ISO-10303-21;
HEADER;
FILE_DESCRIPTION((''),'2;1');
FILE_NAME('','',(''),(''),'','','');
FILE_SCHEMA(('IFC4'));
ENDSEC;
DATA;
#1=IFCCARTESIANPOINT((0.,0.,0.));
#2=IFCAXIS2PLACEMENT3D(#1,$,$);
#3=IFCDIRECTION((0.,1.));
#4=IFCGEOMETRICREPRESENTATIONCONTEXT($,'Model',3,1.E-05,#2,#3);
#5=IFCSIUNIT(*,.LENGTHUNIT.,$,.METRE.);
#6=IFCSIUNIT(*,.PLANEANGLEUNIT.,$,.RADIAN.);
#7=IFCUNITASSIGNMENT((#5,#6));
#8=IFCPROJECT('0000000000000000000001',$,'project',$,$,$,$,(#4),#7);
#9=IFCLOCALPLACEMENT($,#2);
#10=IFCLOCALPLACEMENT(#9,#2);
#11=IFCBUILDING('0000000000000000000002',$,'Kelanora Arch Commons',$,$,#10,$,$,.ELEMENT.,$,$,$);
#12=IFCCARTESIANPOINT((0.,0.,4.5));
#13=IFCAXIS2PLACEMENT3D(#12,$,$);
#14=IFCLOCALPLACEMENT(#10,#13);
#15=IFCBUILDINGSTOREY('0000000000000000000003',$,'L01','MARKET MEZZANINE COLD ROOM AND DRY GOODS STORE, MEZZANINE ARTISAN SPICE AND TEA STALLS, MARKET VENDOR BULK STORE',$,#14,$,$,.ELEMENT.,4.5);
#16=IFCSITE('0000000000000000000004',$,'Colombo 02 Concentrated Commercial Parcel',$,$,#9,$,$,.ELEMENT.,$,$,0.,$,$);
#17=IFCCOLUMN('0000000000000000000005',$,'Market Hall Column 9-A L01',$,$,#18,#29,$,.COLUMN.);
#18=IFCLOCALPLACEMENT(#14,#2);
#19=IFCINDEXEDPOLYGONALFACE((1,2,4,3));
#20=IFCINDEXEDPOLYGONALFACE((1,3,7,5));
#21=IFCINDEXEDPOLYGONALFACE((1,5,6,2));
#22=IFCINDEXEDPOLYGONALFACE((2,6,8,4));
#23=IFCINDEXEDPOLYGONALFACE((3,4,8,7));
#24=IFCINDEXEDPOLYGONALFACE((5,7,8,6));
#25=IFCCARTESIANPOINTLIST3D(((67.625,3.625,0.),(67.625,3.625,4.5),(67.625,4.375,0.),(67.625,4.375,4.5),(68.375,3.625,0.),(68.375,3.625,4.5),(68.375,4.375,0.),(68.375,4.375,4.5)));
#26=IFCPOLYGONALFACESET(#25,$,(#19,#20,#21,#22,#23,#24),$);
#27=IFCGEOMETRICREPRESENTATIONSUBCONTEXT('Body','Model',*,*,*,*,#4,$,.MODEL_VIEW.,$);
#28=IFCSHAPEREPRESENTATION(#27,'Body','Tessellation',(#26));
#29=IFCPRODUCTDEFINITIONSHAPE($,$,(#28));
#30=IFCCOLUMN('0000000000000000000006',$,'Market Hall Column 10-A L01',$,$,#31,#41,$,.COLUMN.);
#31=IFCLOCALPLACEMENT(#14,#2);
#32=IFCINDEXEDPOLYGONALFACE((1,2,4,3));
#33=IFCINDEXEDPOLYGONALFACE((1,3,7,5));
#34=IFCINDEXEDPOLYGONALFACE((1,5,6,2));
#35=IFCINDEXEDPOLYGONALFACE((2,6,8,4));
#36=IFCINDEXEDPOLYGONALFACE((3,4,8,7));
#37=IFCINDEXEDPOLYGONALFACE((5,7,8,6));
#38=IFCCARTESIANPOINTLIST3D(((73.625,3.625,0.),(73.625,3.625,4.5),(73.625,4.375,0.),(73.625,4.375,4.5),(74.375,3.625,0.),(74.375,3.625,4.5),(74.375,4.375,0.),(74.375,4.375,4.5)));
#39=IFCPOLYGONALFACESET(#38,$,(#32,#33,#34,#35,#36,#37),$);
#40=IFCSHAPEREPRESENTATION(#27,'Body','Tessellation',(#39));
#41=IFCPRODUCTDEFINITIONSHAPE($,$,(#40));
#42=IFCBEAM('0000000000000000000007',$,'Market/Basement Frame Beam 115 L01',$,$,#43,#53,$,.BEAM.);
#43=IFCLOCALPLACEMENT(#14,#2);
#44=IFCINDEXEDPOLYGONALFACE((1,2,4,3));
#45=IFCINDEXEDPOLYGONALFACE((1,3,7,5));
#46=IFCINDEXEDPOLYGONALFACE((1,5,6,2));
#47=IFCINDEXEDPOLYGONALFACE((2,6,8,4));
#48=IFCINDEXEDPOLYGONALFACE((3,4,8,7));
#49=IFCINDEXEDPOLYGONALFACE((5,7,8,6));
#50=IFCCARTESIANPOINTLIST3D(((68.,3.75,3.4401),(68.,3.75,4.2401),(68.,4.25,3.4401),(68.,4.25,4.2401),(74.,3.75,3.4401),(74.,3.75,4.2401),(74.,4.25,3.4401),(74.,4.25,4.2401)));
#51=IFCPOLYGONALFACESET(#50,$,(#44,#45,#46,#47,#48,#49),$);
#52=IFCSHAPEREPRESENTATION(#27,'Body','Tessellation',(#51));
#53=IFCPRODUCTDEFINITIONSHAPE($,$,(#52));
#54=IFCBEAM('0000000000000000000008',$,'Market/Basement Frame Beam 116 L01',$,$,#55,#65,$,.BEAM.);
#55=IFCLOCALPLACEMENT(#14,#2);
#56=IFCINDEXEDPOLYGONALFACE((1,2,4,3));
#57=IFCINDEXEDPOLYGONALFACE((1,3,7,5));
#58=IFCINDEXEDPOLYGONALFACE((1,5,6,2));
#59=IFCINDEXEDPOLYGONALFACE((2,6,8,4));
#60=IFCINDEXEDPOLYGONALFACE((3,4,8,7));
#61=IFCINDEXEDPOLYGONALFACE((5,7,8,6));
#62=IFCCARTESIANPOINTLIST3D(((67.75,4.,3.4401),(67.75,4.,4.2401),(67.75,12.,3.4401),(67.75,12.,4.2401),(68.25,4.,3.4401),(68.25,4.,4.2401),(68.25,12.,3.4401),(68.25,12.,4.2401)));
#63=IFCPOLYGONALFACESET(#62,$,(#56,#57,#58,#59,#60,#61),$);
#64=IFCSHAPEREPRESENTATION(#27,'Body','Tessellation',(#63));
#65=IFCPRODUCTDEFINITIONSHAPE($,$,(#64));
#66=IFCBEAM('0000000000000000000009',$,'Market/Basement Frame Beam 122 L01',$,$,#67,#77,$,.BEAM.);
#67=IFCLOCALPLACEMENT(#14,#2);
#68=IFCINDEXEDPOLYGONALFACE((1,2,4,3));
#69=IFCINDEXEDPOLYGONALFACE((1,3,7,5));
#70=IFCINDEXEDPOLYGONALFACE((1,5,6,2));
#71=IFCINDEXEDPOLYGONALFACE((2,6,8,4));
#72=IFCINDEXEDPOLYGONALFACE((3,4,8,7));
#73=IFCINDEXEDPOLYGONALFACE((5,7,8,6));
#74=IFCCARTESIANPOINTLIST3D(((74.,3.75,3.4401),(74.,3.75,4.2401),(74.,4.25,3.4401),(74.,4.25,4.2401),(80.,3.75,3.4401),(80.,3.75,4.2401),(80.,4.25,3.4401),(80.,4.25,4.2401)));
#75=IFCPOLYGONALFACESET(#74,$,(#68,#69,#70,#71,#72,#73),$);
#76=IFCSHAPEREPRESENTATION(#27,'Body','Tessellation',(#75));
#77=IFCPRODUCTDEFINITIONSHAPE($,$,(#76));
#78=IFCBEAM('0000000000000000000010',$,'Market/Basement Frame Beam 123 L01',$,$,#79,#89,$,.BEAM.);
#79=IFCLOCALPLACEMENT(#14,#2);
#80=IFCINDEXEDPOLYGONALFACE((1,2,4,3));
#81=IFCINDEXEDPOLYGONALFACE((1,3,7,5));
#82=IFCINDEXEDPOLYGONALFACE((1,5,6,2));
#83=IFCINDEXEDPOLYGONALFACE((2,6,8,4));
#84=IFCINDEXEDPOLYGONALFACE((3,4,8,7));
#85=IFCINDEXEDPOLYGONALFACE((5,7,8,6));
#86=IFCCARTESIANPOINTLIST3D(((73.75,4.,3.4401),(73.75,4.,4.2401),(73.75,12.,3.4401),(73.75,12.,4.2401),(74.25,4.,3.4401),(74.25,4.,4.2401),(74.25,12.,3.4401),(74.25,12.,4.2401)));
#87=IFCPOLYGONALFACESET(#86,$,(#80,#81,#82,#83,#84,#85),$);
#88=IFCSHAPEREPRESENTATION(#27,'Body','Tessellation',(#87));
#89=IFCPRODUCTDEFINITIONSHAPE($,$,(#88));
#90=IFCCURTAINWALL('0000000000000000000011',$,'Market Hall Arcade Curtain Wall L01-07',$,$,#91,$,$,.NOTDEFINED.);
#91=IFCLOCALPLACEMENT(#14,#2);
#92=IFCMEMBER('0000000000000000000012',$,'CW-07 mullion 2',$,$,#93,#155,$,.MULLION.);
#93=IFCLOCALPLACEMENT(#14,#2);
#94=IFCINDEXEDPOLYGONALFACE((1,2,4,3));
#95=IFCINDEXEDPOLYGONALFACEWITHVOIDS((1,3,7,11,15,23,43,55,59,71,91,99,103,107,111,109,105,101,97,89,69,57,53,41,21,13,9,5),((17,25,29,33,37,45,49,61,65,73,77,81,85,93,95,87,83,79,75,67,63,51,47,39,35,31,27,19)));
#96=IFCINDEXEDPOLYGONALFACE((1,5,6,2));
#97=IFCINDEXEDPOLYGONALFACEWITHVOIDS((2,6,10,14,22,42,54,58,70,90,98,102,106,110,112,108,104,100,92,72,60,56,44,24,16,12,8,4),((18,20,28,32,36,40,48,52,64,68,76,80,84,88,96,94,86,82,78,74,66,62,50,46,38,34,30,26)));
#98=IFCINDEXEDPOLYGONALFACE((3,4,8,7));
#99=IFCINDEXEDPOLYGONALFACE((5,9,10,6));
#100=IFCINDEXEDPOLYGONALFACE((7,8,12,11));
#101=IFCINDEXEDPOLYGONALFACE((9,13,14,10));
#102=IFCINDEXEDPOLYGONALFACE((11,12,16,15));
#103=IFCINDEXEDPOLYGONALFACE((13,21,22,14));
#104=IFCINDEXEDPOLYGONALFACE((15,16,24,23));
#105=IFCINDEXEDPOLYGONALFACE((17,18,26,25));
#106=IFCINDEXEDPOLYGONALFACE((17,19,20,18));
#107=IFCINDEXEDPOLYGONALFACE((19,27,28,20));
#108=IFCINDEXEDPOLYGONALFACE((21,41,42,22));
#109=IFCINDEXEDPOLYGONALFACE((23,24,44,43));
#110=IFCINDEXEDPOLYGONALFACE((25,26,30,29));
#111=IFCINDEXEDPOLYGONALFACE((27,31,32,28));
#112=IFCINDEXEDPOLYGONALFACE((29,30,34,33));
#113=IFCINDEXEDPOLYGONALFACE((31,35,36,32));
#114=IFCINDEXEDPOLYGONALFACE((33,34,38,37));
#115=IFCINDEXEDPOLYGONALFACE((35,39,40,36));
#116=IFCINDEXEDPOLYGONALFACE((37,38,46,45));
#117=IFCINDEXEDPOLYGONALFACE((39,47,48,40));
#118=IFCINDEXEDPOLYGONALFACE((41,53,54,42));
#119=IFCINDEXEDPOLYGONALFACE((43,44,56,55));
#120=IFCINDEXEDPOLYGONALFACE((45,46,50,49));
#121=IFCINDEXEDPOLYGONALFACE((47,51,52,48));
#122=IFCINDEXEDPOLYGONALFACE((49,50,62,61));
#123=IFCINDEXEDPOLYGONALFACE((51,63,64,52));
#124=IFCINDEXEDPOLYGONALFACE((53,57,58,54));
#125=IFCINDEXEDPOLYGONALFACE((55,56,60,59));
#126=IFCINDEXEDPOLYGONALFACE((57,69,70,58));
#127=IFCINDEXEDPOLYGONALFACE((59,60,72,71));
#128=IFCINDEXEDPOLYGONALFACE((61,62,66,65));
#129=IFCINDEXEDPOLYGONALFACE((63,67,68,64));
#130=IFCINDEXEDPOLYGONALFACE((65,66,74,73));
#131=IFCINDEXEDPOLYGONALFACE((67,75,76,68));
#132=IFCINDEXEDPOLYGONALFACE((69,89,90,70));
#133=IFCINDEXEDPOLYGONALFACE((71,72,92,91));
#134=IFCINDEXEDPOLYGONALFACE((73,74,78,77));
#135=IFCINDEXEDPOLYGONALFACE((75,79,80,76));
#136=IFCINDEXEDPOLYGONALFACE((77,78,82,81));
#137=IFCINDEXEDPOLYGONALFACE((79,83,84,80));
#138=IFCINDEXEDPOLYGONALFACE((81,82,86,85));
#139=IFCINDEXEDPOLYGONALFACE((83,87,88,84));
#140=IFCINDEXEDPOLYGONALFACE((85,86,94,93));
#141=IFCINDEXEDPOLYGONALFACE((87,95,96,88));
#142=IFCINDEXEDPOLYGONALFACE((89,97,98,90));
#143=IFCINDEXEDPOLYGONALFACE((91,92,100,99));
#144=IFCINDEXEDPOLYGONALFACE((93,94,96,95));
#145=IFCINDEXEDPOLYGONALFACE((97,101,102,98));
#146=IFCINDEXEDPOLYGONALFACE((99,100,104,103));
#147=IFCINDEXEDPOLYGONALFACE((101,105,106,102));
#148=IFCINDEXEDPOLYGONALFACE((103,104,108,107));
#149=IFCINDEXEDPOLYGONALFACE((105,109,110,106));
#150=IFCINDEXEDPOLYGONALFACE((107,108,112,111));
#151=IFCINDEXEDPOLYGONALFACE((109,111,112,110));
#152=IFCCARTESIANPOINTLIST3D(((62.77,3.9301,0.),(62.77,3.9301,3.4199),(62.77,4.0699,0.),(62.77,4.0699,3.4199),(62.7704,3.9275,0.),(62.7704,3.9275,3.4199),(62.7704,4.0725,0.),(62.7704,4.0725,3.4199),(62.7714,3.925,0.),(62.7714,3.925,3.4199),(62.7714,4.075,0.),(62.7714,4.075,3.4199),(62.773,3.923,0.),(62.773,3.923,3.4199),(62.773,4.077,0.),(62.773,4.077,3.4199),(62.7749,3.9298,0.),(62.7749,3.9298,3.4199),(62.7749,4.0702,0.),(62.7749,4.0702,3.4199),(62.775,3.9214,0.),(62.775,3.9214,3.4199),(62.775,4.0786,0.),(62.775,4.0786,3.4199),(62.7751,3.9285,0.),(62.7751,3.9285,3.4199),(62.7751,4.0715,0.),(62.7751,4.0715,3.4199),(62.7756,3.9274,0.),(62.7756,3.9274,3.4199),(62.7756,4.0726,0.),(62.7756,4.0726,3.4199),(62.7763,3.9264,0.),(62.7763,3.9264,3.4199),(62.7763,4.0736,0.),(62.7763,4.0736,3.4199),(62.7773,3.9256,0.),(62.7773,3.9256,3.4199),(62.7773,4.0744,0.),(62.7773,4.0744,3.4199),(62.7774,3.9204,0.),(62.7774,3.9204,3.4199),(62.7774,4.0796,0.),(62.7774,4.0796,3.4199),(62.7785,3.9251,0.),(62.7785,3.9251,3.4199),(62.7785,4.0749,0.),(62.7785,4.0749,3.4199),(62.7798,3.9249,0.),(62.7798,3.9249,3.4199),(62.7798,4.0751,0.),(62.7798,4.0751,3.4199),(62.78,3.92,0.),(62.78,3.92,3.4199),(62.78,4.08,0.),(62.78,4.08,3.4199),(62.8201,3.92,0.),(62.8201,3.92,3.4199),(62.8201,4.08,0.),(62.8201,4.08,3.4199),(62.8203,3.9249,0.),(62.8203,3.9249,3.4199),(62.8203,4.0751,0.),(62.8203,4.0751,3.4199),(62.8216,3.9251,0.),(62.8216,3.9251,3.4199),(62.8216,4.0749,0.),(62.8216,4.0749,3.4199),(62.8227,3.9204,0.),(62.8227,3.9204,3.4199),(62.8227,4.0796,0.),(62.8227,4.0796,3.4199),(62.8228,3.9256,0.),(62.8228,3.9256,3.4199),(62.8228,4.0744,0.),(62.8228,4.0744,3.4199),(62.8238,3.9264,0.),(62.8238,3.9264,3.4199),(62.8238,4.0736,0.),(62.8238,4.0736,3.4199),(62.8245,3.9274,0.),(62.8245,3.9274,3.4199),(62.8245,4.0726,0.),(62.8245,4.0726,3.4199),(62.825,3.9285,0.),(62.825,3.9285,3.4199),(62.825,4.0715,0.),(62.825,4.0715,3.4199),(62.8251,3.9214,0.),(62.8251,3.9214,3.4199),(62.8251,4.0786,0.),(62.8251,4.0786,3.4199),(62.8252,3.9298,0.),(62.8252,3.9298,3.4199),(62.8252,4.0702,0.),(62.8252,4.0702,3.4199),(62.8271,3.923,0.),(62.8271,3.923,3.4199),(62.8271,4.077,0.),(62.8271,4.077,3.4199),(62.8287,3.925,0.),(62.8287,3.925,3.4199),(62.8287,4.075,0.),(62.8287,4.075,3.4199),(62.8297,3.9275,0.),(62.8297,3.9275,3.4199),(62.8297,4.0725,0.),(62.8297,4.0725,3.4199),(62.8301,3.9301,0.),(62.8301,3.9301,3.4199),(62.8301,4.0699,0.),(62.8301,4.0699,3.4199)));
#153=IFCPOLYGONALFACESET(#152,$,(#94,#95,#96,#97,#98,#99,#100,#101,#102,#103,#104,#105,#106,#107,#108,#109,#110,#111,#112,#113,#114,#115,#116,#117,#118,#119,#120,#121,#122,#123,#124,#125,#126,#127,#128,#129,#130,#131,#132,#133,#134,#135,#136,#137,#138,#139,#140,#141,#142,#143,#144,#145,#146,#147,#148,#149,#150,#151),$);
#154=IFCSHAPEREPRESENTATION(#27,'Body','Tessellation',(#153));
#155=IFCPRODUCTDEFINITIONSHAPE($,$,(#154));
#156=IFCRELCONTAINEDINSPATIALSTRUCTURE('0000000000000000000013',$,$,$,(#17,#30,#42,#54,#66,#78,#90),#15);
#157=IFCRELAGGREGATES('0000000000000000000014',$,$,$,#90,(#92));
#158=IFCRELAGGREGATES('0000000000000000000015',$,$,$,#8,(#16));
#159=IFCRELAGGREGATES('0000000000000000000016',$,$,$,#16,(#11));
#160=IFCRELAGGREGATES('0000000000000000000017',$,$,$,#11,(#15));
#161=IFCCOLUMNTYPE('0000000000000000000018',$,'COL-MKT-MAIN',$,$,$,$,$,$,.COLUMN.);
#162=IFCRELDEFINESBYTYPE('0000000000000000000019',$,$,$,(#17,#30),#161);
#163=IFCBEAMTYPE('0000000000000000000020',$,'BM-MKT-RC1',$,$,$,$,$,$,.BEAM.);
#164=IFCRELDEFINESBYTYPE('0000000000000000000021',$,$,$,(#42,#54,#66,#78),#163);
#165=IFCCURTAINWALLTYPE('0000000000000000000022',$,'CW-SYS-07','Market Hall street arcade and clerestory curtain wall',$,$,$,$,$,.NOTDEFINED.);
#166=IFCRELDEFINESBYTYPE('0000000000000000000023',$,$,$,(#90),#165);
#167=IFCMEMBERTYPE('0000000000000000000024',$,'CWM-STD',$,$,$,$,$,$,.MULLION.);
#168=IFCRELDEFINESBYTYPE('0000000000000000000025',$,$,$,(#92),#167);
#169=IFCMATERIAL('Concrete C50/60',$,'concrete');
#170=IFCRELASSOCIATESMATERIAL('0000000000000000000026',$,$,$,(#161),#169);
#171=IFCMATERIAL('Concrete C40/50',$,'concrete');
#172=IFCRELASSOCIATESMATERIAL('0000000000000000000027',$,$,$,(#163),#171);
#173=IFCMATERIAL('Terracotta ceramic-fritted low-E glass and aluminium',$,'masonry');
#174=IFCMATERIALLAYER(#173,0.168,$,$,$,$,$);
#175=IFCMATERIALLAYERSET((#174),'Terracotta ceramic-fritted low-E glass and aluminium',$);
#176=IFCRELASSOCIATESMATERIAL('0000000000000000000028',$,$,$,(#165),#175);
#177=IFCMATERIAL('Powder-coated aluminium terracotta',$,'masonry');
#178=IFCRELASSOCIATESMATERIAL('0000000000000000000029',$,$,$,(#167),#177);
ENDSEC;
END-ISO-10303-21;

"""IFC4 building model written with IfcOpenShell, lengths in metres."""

from ifc_helpers import new_model, si_unit, direction, frame, origin, origin_2d, place, context, subcontext, project, spatial, rectangle, hollow_rectangle, extrude, material, layer, layer_set, material_profile, profile_set, type_object, element, aggregate, save


model = new_model("IFC4")

# Units and contexts
model_context = context("Model", 3, precision=1e-05, world=origin(), true_north=direction((0.0, 1.0)))
body_context = subcontext(model_context, "Body", "Model", "MODEL_VIEW")
ifc_project = project(units=[si_unit("LENGTHUNIT", "METRE"), si_unit("PLANEANGLEUNIT", "RADIAN")], contexts=[model_context])

# Site, building, storey
site_placement = place(None, origin())
site = spatial("IfcSite", under=ifc_project, at=site_placement, Name="Colombo 02 Concentrated Commercial Parcel", CompositionType="ELEMENT", RefElevation=0.0)
building_placement = place(site_placement, origin())
building = spatial("IfcBuilding", under=site, at=building_placement, Name="Kelanora Arch Commons", CompositionType="ELEMENT")
storey_placement = place(building_placement, frame((0.0, 0.0, 4.5)))
storey = spatial("IfcBuildingStorey", under=building, at=storey_placement, Name="L01", Description="MARKET MEZZANINE COLD ROOM AND DRY GOODS STORE, MEZZANINE ARTISAN SPICE AND TEA STALLS, MARKET VENDOR BULK STORE", CompositionType="ELEMENT", Elevation=4.5)

# Columns
ifc_material_1 = material(Name="Concrete C50/60", Category="concrete")
ifc_material_profile_1 = material_profile(ifc_material_1, rectangle(XDim=0.75, YDim=0.75, at=origin_2d()), Name="RC750x750")
ifc_profile_set_1 = profile_set([ifc_material_profile_1], Name="Concrete C50/60")
column_type = type_object("IfcColumnType", Name="COL-MKT-MAIN", PredefinedType="COLUMN", material=ifc_profile_set_1)
for number, where, z_axis, x_axis, name in (
    (1, (68.0, 4.0, 0.0), (0.0, 0.0, 1.0), (1.0, 0.0, 0.0), "Market Hall Column 9-A L01"),
    (2, (74.0, 4.0, 0.0), (0.0, 0.0, 1.0), (1.0, 0.0, 0.0), "Market Hall Column 10-A L01"),
):
    element("IfcColumn", number, at=place(storey_placement, frame(where, z_axis=z_axis, x_axis=x_axis)), inside=storey, type_object=column_type, Name=name, PredefinedType="COLUMN", context=body_context, shape_type="SweptSolid", body=[
        extrude(rectangle(XDim=0.75, YDim=0.75, at=origin_2d()), origin(), (0.0, 0.0, 1.0), 4.5),
    ])

# Beams
ifc_material_2 = material(Name="Concrete C40/50", Category="concrete")
ifc_material_profile_2 = material_profile(ifc_material_2, rectangle(XDim=0.5, YDim=0.8, at=origin_2d()), Name="RCB500x800")
ifc_profile_set_2 = profile_set([ifc_material_profile_2], Name="Concrete C40/50")
beam_type = type_object("IfcBeamType", Name="BM-MKT-RC1", PredefinedType="BEAM", material=ifc_profile_set_2)
beam_1_placement = place(storey_placement, frame((68.0, 4.0, 3.8401), z_axis=(1.0, 0.0, 0.0), x_axis=(0.0, 1.0, 0.0)))
element("IfcBeam", 3, at=beam_1_placement, inside=storey, type_object=beam_type, Name="Market/Basement Frame Beam 115 L01", PredefinedType="BEAM", context=body_context, shape_type="SweptSolid", body=[
    extrude(rectangle(XDim=0.5, YDim=0.8, at=origin_2d()), origin(), (0.0, 0.0, 1.0), 6.0),
])
beam_2_placement = place(storey_placement, frame((68.0, 4.0, 3.8401), z_axis=(0.0, 1.0, 0.0), x_axis=(-1.0, 0.0, 0.0)))
element("IfcBeam", 4, at=beam_2_placement, inside=storey, type_object=beam_type, Name="Market/Basement Frame Beam 116 L01", PredefinedType="BEAM", context=body_context, shape_type="SweptSolid", body=[
    extrude(rectangle(XDim=0.5, YDim=0.8, at=origin_2d()), origin(), (0.0, 0.0, 1.0), 8.0),
])
beam_3_placement = place(storey_placement, frame((74.0, 4.0, 3.8401), z_axis=(1.0, 0.0, 0.0), x_axis=(0.0, 1.0, 0.0)))
element("IfcBeam", 5, at=beam_3_placement, inside=storey, type_object=beam_type, Name="Market/Basement Frame Beam 122 L01", PredefinedType="BEAM", context=body_context, shape_type="SweptSolid", body=[
    extrude(rectangle(XDim=0.5, YDim=0.8, at=origin_2d()), origin(), (0.0, 0.0, 1.0), 6.0),
])
beam_4_placement = place(storey_placement, frame((74.0, 4.0, 3.8401), z_axis=(0.0, 1.0, 0.0), x_axis=(-1.0, 0.0, 0.0)))
element("IfcBeam", 6, at=beam_4_placement, inside=storey, type_object=beam_type, Name="Market/Basement Frame Beam 123 L01", PredefinedType="BEAM", context=body_context, shape_type="SweptSolid", body=[
    extrude(rectangle(XDim=0.5, YDim=0.8, at=origin_2d()), origin(), (0.0, 0.0, 1.0), 8.0),
])

# Curtain wall, member
ifc_material_3 = material(Name="Terracotta ceramic-fritted low-E glass and aluminium", Category="masonry")
ifc_layer_1 = layer(ifc_material_3, 0.168)
ifc_layer_set_1 = layer_set([ifc_layer_1], Name="Terracotta ceramic-fritted low-E glass and aluminium")
curtain_wall_type = type_object("IfcCurtainWallType", Name="CW-SYS-07", Description="Market Hall street arcade and clerestory curtain wall", PredefinedType="NOTDEFINED", material=ifc_layer_set_1)
curtain_wall_placement = place(storey_placement, origin())
curtain_wall = element("IfcCurtainWall", 7, at=curtain_wall_placement, inside=storey, type_object=curtain_wall_type, Name="Market Hall Arcade Curtain Wall L01-07", PredefinedType="NOTDEFINED")
ifc_material_4 = material(Name="Powder-coated aluminium terracotta", Category="masonry")
ifc_material_profile_3 = material_profile(ifc_material_4, hollow_rectangle(XDim=0.1599, YDim=0.0601, WallThickness=0.0049, InnerFilletRadius=0.0049, OuterFilletRadius=0.01, at=origin_2d()), Name="CWM160x60")
ifc_profile_set_3 = profile_set([ifc_material_profile_3], Name="Powder-coated aluminium terracotta")
member_type_1 = type_object("IfcMemberType", Name="CWM-STD", PredefinedType="MULLION", material=ifc_profile_set_3)
member_1_placement = place(storey_placement, frame((62.8, 4.0, 0.0), z_axis=(0.0, 0.0, 1.0), x_axis=(0.0, 1.0, 0.0)))
member_1 = element("IfcMember", 8, at=member_1_placement, type_object=member_type_1, Name="CW-07 mullion 2", PredefinedType="MULLION", context=body_context, shape_type="SweptSolid", body=[
    extrude(hollow_rectangle(XDim=0.1599, YDim=0.0601, WallThickness=0.0049, InnerFilletRadius=0.0049, OuterFilletRadius=0.01, at=origin_2d()), origin(), (0.0, 0.0, 1.0), 3.4199),
])

aggregate(curtain_wall, [member_1])

save(model, "model.ifc")
